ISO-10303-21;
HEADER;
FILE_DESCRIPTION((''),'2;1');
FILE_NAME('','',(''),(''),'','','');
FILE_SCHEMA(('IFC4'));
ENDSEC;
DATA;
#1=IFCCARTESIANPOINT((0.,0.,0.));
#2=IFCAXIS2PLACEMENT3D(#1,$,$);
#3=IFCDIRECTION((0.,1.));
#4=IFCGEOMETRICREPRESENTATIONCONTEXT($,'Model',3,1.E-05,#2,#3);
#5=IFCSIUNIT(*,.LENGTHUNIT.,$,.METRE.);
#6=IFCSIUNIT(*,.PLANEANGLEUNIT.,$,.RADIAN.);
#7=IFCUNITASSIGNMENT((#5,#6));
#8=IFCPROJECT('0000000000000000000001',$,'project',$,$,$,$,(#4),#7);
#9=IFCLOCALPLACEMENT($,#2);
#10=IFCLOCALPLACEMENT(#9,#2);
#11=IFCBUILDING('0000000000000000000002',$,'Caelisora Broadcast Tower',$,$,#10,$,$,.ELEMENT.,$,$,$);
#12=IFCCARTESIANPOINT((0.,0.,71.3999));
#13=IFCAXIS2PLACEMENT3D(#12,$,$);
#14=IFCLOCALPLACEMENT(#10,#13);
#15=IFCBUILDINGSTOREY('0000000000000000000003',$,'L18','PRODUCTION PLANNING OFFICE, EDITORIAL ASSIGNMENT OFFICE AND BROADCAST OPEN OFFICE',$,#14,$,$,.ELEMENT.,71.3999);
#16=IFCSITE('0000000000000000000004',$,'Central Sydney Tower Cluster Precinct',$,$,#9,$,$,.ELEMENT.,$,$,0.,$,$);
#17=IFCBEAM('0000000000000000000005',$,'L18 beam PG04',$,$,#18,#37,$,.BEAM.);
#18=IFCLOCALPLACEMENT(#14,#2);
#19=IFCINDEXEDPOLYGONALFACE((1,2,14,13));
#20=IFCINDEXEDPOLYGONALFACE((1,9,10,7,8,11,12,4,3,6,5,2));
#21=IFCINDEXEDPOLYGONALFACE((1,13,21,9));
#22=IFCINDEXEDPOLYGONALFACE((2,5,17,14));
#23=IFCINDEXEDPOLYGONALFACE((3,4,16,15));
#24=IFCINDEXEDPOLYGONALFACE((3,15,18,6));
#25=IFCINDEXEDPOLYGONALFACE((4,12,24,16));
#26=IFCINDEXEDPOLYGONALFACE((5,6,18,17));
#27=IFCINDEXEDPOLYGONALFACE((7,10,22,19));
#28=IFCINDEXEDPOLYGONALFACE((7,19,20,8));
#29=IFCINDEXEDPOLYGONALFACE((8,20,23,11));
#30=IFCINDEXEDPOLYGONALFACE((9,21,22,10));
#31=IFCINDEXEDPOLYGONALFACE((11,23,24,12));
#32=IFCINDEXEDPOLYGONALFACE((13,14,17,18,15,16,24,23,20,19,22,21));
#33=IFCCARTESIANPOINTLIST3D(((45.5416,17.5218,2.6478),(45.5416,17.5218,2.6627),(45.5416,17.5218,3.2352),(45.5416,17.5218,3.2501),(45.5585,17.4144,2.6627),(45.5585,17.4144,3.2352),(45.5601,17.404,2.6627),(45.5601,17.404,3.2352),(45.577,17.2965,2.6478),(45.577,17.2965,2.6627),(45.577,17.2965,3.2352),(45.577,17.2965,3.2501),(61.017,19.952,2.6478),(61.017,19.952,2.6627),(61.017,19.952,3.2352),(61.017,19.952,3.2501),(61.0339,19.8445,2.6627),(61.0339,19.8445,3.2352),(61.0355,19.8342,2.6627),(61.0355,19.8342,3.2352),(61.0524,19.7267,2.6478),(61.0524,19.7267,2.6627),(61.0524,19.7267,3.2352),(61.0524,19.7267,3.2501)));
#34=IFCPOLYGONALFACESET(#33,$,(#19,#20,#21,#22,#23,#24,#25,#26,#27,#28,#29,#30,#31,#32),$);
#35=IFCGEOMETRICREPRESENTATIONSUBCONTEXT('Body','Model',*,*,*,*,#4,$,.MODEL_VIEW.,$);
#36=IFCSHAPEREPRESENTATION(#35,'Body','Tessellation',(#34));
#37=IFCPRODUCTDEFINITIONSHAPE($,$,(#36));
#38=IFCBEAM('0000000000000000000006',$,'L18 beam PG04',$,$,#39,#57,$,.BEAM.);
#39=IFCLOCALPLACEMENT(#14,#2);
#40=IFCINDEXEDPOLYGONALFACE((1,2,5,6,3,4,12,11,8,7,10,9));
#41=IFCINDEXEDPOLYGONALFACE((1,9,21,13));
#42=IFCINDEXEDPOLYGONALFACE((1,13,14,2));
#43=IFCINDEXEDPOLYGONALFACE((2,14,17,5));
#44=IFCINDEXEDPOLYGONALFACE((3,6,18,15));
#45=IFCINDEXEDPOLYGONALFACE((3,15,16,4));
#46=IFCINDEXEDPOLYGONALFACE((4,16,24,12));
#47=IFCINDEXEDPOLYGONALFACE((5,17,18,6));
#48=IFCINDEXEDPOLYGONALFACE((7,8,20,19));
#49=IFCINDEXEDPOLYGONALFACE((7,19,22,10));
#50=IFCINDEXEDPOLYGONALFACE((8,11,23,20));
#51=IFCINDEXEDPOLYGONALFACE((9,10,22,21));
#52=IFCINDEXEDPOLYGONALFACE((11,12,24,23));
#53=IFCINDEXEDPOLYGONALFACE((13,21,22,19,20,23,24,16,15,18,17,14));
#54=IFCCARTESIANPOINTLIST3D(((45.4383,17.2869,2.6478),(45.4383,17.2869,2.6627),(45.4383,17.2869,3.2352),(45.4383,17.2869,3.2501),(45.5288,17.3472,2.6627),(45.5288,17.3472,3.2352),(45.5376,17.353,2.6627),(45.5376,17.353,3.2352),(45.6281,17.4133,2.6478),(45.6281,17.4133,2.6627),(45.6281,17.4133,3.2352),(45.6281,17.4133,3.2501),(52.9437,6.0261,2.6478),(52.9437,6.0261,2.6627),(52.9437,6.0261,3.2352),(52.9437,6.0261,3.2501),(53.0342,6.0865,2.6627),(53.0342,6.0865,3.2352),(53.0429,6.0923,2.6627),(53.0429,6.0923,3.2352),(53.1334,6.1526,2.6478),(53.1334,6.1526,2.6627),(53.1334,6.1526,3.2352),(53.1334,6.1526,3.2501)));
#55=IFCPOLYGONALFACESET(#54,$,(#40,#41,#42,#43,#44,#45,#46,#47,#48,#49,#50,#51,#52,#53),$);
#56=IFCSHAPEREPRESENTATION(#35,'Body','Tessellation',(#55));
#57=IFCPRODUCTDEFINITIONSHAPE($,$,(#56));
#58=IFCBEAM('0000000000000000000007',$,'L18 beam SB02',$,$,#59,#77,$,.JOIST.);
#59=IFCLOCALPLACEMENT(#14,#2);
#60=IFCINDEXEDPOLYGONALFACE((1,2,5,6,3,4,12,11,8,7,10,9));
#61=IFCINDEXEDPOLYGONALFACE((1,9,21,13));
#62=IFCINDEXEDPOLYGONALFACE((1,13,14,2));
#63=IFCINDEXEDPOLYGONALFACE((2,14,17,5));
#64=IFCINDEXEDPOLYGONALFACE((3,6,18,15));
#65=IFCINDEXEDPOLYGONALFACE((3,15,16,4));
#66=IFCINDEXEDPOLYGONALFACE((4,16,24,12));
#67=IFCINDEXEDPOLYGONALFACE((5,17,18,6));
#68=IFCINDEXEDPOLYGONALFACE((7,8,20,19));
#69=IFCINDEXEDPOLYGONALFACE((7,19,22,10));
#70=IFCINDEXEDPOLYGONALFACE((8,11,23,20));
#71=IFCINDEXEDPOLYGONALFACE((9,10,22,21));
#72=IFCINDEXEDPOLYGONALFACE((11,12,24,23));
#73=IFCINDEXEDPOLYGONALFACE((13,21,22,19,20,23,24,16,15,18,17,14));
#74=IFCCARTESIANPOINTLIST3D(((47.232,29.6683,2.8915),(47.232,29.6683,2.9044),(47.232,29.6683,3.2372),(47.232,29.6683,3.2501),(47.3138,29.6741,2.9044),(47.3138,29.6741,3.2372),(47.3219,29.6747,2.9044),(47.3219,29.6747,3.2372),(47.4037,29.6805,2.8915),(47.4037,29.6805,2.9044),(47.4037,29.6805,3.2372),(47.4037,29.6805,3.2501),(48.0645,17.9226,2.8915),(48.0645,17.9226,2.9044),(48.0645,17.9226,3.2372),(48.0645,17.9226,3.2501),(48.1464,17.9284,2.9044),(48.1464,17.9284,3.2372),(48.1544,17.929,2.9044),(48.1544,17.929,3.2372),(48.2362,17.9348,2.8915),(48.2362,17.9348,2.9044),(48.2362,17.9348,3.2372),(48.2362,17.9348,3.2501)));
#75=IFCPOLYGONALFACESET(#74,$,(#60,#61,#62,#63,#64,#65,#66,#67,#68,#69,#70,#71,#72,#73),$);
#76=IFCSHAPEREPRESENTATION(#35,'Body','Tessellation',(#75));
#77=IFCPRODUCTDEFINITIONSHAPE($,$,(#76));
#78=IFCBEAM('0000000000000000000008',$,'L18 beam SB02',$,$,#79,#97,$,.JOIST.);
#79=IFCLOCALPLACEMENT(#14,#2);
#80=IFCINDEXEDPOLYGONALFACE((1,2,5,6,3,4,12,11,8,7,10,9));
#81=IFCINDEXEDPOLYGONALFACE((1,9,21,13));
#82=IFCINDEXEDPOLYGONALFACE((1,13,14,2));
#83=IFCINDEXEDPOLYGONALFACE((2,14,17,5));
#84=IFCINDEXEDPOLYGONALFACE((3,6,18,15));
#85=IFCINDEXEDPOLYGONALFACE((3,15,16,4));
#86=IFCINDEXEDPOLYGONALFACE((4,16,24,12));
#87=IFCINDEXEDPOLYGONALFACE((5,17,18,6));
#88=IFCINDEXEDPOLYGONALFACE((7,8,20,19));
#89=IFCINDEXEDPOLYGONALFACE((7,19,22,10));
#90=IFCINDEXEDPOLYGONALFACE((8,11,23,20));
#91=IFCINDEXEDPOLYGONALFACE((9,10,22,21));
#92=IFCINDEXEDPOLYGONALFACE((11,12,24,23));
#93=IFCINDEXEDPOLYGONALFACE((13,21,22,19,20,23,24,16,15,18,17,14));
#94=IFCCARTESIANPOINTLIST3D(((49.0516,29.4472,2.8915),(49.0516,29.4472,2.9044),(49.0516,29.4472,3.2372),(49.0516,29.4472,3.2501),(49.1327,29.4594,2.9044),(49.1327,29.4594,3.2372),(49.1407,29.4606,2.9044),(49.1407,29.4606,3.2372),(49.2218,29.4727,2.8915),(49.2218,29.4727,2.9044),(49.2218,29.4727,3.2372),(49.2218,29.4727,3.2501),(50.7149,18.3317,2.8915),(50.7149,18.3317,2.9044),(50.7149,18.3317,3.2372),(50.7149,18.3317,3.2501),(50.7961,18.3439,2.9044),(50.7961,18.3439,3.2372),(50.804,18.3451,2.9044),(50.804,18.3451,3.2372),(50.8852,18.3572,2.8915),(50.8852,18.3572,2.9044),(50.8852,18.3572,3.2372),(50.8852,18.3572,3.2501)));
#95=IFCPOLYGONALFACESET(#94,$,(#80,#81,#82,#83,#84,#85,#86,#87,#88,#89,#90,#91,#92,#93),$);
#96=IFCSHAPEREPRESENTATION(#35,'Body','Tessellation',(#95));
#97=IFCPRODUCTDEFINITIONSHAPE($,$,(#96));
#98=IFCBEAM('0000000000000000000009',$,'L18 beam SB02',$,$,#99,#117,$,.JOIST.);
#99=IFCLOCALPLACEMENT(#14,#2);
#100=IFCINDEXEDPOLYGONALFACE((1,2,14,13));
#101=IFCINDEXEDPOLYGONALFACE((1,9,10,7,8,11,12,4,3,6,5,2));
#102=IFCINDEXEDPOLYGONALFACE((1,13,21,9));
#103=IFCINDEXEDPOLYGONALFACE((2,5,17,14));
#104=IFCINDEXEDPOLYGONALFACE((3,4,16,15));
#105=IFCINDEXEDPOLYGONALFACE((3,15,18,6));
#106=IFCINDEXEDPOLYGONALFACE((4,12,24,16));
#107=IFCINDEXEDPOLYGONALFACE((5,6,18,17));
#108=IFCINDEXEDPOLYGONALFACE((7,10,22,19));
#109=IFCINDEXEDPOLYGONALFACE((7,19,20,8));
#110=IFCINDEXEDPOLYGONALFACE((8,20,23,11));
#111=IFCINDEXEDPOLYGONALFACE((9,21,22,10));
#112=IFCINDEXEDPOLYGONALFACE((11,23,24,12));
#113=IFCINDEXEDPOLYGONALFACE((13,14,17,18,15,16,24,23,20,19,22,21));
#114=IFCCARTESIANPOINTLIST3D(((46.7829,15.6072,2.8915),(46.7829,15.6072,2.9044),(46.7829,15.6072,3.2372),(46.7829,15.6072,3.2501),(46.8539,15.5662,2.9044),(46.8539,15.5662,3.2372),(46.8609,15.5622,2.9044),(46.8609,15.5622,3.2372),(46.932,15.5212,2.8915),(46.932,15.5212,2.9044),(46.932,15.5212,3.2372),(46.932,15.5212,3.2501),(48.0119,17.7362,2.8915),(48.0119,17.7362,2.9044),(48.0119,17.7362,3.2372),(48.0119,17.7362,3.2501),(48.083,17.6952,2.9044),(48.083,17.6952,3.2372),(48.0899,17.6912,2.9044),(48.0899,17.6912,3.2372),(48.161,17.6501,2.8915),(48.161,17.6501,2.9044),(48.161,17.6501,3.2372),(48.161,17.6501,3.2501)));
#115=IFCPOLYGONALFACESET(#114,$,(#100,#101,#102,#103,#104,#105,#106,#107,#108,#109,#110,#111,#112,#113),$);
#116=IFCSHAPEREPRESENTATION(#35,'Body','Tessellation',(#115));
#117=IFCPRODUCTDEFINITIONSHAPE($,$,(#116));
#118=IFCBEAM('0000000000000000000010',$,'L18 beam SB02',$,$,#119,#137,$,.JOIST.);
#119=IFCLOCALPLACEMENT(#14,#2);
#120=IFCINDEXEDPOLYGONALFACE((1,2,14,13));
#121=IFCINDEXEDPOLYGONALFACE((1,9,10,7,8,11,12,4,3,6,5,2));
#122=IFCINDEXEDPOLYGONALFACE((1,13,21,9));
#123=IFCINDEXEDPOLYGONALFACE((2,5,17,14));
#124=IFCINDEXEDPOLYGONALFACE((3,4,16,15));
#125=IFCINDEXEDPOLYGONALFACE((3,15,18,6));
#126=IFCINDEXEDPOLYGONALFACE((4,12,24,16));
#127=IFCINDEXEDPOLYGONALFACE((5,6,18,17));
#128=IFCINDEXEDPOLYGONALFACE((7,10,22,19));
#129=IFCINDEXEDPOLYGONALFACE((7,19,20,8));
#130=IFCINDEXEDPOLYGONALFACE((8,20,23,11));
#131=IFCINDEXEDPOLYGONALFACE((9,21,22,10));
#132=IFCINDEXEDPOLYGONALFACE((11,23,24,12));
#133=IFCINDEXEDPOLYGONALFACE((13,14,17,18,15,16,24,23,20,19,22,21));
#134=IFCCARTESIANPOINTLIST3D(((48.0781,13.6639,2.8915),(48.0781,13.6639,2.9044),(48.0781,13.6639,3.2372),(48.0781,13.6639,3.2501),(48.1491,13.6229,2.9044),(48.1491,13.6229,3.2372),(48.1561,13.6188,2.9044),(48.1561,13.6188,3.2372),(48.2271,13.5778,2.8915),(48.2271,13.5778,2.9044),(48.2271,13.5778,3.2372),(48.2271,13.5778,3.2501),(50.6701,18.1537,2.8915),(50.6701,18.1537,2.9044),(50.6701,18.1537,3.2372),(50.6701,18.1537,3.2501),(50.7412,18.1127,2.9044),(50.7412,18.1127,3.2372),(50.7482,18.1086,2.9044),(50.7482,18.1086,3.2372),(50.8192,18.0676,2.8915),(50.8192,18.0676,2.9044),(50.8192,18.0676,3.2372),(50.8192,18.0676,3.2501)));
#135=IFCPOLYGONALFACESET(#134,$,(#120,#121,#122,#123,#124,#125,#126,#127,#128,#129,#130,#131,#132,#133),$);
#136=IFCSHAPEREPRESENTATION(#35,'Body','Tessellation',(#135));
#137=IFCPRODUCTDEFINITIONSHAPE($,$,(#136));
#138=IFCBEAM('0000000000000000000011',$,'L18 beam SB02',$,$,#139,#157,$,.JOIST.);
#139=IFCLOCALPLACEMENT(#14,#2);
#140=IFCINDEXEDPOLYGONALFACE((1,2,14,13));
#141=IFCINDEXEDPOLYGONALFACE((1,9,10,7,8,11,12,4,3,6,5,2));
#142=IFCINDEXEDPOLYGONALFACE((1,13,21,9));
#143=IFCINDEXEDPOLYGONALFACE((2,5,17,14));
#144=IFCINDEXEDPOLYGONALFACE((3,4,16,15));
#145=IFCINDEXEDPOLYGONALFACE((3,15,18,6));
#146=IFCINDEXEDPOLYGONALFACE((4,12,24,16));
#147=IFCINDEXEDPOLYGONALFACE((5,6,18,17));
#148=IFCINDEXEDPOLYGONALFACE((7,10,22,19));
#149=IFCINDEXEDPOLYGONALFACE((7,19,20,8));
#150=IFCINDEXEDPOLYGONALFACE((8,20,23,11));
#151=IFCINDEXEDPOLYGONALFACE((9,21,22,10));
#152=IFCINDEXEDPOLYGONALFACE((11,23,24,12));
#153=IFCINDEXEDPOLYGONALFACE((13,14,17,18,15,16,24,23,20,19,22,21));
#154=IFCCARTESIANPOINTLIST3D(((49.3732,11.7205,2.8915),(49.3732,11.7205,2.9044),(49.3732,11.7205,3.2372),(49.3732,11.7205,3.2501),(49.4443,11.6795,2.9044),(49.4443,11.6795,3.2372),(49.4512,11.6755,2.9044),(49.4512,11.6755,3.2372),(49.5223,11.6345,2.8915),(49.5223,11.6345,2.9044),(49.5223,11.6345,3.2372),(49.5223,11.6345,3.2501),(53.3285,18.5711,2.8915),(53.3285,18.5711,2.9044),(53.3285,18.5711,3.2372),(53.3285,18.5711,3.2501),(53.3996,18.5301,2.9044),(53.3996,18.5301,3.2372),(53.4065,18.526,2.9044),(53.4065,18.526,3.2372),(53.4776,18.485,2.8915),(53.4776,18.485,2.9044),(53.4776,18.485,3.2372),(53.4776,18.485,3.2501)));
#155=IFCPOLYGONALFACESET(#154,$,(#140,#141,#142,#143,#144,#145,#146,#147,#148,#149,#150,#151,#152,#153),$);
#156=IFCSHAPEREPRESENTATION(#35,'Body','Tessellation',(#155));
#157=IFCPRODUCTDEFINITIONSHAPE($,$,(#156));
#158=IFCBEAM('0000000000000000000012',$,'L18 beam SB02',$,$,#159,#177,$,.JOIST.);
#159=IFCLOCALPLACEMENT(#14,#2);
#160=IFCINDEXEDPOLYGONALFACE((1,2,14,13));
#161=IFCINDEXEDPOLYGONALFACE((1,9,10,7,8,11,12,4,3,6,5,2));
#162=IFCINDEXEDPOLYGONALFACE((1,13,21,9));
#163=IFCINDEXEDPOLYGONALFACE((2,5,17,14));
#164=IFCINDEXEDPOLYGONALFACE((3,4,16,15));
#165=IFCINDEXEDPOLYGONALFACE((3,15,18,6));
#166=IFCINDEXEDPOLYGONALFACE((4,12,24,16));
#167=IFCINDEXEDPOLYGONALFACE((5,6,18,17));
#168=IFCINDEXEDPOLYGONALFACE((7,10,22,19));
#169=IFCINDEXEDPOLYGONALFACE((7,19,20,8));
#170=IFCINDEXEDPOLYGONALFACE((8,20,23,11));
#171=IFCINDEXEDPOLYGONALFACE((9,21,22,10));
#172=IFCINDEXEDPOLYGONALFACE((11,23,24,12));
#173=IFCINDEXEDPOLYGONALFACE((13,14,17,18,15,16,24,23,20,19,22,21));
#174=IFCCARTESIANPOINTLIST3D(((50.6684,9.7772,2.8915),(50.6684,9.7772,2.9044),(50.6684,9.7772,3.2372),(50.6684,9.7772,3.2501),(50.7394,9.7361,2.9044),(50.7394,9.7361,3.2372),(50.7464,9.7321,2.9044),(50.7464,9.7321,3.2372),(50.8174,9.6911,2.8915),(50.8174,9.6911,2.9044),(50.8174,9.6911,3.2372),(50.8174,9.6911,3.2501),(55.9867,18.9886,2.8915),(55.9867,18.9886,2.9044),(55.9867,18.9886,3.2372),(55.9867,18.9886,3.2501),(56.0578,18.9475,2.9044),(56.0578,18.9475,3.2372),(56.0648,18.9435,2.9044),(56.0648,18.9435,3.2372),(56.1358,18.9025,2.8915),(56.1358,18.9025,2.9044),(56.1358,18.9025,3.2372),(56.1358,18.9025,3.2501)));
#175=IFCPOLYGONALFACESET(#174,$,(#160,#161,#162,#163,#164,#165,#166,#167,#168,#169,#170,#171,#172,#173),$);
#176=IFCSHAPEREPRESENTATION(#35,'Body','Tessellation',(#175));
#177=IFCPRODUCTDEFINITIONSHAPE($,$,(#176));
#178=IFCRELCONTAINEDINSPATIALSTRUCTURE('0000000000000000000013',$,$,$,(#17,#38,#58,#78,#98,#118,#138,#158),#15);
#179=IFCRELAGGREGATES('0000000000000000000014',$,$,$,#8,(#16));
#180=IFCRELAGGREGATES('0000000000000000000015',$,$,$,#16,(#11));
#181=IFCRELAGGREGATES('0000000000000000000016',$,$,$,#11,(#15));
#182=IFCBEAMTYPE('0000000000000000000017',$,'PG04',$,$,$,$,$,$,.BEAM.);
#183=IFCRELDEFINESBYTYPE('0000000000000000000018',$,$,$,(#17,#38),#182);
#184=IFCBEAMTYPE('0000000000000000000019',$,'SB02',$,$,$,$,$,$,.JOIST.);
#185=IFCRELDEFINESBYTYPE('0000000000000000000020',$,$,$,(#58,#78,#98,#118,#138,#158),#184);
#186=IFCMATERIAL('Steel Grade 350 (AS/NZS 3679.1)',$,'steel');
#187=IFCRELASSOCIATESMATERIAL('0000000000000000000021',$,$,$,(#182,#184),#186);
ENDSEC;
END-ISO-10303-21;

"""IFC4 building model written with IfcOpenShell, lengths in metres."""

from ifc_helpers import new_model, si_unit, direction, frame, origin, origin_2d, place, context, subcontext, project, spatial, i_section, extrude, source, transform, mapped, material, material_profile, profile_set, type_object, type_shapes, element, save


model = new_model("IFC4")

# Units and contexts
model_context = context("Model", 3, precision=1e-05, world=origin(), true_north=direction((0.0, 1.0)))
body_context = subcontext(model_context, "Body", "Model", "MODEL_VIEW")
ifc_project = project(units=[si_unit("LENGTHUNIT", "METRE"), si_unit("PLANEANGLEUNIT", "RADIAN")], contexts=[model_context])

# Site, building, storey
site_placement = place(None, origin())
site = spatial("IfcSite", under=ifc_project, at=site_placement, Name="Central Sydney Tower Cluster Precinct", CompositionType="ELEMENT", RefElevation=0.0)
building_placement = place(site_placement, origin())
building = spatial("IfcBuilding", under=site, at=building_placement, Name="Caelisora Broadcast Tower", CompositionType="ELEMENT")
storey_placement = place(building_placement, frame((0.0, 0.0, 71.3999)))
storey = spatial("IfcBuildingStorey", under=building, at=storey_placement, Name="L18", Description="PRODUCTION PLANNING OFFICE, EDITORIAL ASSIGNMENT OFFICE AND BROADCAST OPEN OFFICE", CompositionType="ELEMENT", Elevation=71.3999)

# Beams
ifc_material_1 = material(Name="Steel Grade 350 (AS/NZS 3679.1)", Category="steel")
ifc_material_profile_1 = material_profile(ifc_material_1, i_section(OverallWidth=0.228, OverallDepth=0.6023, WebThickness=0.0105, FlangeThickness=0.0149, at=origin_2d()), Name="Steel Grade 350 (AS/NZS 3679.1)")
ifc_profile_set_1 = profile_set([ifc_material_profile_1], Name="Steel Grade 350 (AS/NZS 3679.1)")
beam_type_1 = type_object("IfcBeamType", Name="PG04", PredefinedType="BEAM", material=ifc_profile_set_1)
shared_shape_1 = source(origin(), body_context, "Body", "SweptSolid", [
    extrude(i_section(OverallWidth=0.228, OverallDepth=0.6023, WebThickness=0.0105, FlangeThickness=0.0149, at=origin_2d()), origin(), (0.0, 0.0, 1.0), 15.665),
])
beam_1_placement = place(storey_placement, frame((45.5593, 17.4092, 2.949), z_axis=(0.987893, 0.155134, 0.0), x_axis=(-0.155134, 0.987893, 0.0)))
element("IfcBeam", 1, at=beam_1_placement, inside=storey, type_object=beam_type_1, Name="L18 beam PG04", PredefinedType="BEAM", context=body_context, shape_type="MappedRepresentation", body=[
    mapped(shared_shape_1, transform((0.0, 0.0, 0.0), scale=1.0)),
])
shared_shape_2 = source(origin(), body_context, "Body", "SweptSolid", [
    extrude(i_section(OverallWidth=0.228, OverallDepth=0.6023, WebThickness=0.0105, FlangeThickness=0.0149, at=origin_2d()), origin(), (0.0, 0.0, 1.0), 13.5327),
])
type_shapes(beam_type_1, [shared_shape_1, shared_shape_2])
beam_2_placement = place(storey_placement, frame((45.5332, 17.3501, 2.949), z_axis=(0.554609, -0.832111, 0.0), x_axis=(0.832111, 0.554609, 0.0)))
element("IfcBeam", 2, at=beam_2_placement, inside=storey, type_object=beam_type_1, Name="L18 beam PG04", PredefinedType="BEAM", context=body_context, shape_type="MappedRepresentation", body=[
    mapped(shared_shape_2, transform((0.0, 0.0, 0.0), scale=1.0)),
])
ifc_material_profile_2 = material_profile(ifc_material_1, i_section(OverallWidth=0.1721, OverallDepth=0.3586, WebThickness=0.0081, FlangeThickness=0.0129, at=origin_2d()), Name="Steel Grade 350 (AS/NZS 3679.1)")
ifc_profile_set_2 = profile_set([ifc_material_profile_2], Name="Steel Grade 350 (AS/NZS 3679.1)")
beam_type_2 = type_object("IfcBeamType", Name="SB02", PredefinedType="JOIST", material=ifc_profile_set_2)
shared_shape_3 = source(origin(), body_context, "Body", "SweptSolid", [
    extrude(i_section(OverallWidth=0.1721, OverallDepth=0.3586, WebThickness=0.0081, FlangeThickness=0.0129, at=origin_2d()), origin(), (0.0, 0.0, 1.0), 11.7751),
])
beam_3_placement = place(storey_placement, frame((48.1504, 17.9287, 3.0708), z_axis=(-0.070702, 0.997497, 0.0), x_axis=(-0.997497, -0.070702, 0.0)))
element("IfcBeam", 3, at=beam_3_placement, inside=storey, type_object=beam_type_2, Name="L18 beam SB02", PredefinedType="JOIST", context=body_context, shape_type="MappedRepresentation", body=[
    mapped(shared_shape_3, transform((0.0, 0.0, 0.0), scale=1.0)),
])
shared_shape_4 = source(origin(), body_context, "Body", "SweptSolid", [
    extrude(i_section(OverallWidth=0.1721, OverallDepth=0.3586, WebThickness=0.0081, FlangeThickness=0.0129, at=origin_2d()), origin(), (0.0, 0.0, 1.0), 11.2393),
])
beam_4_placement = place(storey_placement, frame((50.8, 18.3445, 3.0708), z_axis=(-0.147993, 0.988988, 0.0), x_axis=(-0.988988, -0.147993, 0.0)))
element("IfcBeam", 4, at=beam_4_placement, inside=storey, type_object=beam_type_2, Name="L18 beam SB02", PredefinedType="JOIST", context=body_context, shape_type="MappedRepresentation", body=[
    mapped(shared_shape_4, transform((0.0, 0.0, 0.0), scale=1.0)),
])
shared_shape_5 = source(origin(), body_context, "Body", "SweptSolid", [
    extrude(i_section(OverallWidth=0.1721, OverallDepth=0.3586, WebThickness=0.0081, FlangeThickness=0.0129, at=origin_2d()), origin(), (0.0, 0.0, 1.0), 2.4583),
])
beam_5_placement = place(storey_placement, frame((46.8574, 15.5642, 3.0708), z_axis=(0.499963, 0.866047, 0.0), x_axis=(-0.866047, 0.499963, 0.0)))
element("IfcBeam", 5, at=beam_5_placement, inside=storey, type_object=beam_type_2, Name="L18 beam SB02", PredefinedType="JOIST", context=body_context, shape_type="MappedRepresentation", body=[
    mapped(shared_shape_5, transform((0.0, 0.0, 0.0), scale=1.0)),
])
shared_shape_6 = source(origin(), body_context, "Body", "SweptSolid", [
    extrude(i_section(OverallWidth=0.1721, OverallDepth=0.3586, WebThickness=0.0081, FlangeThickness=0.0129, at=origin_2d()), origin(), (0.0, 0.0, 1.0), 5.1843),
])
beam_6_placement = place(storey_placement, frame((48.1526, 13.6208, 3.0708), z_axis=(0.499983, 0.866035, 0.0), x_axis=(-0.866035, 0.499983, 0.0)))
element("IfcBeam", 6, at=beam_6_placement, inside=storey, type_object=beam_type_2, Name="L18 beam SB02", PredefinedType="JOIST", context=body_context, shape_type="MappedRepresentation", body=[
    mapped(shared_shape_6, transform((0.0, 0.0, 0.0), scale=1.0)),
])
shared_shape_7 = source(origin(), body_context, "Body", "SweptSolid", [
    extrude(i_section(OverallWidth=0.1721, OverallDepth=0.3586, WebThickness=0.0081, FlangeThickness=0.0129, at=origin_2d()), origin(), (0.0, 0.0, 1.0), 7.9104),
])
beam_7_placement = place(storey_placement, frame((49.4478, 11.6775, 3.0708), z_axis=(0.500013, 0.866018, 0.0), x_axis=(-0.866018, 0.500013, 0.0)))
element("IfcBeam", 7, at=beam_7_placement, inside=storey, type_object=beam_type_2, Name="L18 beam SB02", PredefinedType="JOIST", context=body_context, shape_type="MappedRepresentation", body=[
    mapped(shared_shape_7, transform((0.0, 0.0, 0.0), scale=1.0)),
])
shared_shape_8 = source(origin(), body_context, "Body", "SweptSolid", [
    extrude(i_section(OverallWidth=0.1721, OverallDepth=0.3586, WebThickness=0.0081, FlangeThickness=0.0129, at=origin_2d()), origin(), (0.0, 0.0, 1.0), 10.6365),
])
type_shapes(beam_type_2, [shared_shape_3, shared_shape_4, shared_shape_5, shared_shape_6, shared_shape_7, shared_shape_8])
beam_8_placement = place(storey_placement, frame((50.7429, 9.7341, 3.0708), z_axis=(0.50001, 0.86602, 0.0), x_axis=(-0.86602, 0.50001, 0.0)))
element("IfcBeam", 8, at=beam_8_placement, inside=storey, type_object=beam_type_2, Name="L18 beam SB02", PredefinedType="JOIST", context=body_context, shape_type="MappedRepresentation", body=[
    mapped(shared_shape_8, transform((0.0, 0.0, 0.0), scale=1.0)),
])

save(model, "model.ifc")
